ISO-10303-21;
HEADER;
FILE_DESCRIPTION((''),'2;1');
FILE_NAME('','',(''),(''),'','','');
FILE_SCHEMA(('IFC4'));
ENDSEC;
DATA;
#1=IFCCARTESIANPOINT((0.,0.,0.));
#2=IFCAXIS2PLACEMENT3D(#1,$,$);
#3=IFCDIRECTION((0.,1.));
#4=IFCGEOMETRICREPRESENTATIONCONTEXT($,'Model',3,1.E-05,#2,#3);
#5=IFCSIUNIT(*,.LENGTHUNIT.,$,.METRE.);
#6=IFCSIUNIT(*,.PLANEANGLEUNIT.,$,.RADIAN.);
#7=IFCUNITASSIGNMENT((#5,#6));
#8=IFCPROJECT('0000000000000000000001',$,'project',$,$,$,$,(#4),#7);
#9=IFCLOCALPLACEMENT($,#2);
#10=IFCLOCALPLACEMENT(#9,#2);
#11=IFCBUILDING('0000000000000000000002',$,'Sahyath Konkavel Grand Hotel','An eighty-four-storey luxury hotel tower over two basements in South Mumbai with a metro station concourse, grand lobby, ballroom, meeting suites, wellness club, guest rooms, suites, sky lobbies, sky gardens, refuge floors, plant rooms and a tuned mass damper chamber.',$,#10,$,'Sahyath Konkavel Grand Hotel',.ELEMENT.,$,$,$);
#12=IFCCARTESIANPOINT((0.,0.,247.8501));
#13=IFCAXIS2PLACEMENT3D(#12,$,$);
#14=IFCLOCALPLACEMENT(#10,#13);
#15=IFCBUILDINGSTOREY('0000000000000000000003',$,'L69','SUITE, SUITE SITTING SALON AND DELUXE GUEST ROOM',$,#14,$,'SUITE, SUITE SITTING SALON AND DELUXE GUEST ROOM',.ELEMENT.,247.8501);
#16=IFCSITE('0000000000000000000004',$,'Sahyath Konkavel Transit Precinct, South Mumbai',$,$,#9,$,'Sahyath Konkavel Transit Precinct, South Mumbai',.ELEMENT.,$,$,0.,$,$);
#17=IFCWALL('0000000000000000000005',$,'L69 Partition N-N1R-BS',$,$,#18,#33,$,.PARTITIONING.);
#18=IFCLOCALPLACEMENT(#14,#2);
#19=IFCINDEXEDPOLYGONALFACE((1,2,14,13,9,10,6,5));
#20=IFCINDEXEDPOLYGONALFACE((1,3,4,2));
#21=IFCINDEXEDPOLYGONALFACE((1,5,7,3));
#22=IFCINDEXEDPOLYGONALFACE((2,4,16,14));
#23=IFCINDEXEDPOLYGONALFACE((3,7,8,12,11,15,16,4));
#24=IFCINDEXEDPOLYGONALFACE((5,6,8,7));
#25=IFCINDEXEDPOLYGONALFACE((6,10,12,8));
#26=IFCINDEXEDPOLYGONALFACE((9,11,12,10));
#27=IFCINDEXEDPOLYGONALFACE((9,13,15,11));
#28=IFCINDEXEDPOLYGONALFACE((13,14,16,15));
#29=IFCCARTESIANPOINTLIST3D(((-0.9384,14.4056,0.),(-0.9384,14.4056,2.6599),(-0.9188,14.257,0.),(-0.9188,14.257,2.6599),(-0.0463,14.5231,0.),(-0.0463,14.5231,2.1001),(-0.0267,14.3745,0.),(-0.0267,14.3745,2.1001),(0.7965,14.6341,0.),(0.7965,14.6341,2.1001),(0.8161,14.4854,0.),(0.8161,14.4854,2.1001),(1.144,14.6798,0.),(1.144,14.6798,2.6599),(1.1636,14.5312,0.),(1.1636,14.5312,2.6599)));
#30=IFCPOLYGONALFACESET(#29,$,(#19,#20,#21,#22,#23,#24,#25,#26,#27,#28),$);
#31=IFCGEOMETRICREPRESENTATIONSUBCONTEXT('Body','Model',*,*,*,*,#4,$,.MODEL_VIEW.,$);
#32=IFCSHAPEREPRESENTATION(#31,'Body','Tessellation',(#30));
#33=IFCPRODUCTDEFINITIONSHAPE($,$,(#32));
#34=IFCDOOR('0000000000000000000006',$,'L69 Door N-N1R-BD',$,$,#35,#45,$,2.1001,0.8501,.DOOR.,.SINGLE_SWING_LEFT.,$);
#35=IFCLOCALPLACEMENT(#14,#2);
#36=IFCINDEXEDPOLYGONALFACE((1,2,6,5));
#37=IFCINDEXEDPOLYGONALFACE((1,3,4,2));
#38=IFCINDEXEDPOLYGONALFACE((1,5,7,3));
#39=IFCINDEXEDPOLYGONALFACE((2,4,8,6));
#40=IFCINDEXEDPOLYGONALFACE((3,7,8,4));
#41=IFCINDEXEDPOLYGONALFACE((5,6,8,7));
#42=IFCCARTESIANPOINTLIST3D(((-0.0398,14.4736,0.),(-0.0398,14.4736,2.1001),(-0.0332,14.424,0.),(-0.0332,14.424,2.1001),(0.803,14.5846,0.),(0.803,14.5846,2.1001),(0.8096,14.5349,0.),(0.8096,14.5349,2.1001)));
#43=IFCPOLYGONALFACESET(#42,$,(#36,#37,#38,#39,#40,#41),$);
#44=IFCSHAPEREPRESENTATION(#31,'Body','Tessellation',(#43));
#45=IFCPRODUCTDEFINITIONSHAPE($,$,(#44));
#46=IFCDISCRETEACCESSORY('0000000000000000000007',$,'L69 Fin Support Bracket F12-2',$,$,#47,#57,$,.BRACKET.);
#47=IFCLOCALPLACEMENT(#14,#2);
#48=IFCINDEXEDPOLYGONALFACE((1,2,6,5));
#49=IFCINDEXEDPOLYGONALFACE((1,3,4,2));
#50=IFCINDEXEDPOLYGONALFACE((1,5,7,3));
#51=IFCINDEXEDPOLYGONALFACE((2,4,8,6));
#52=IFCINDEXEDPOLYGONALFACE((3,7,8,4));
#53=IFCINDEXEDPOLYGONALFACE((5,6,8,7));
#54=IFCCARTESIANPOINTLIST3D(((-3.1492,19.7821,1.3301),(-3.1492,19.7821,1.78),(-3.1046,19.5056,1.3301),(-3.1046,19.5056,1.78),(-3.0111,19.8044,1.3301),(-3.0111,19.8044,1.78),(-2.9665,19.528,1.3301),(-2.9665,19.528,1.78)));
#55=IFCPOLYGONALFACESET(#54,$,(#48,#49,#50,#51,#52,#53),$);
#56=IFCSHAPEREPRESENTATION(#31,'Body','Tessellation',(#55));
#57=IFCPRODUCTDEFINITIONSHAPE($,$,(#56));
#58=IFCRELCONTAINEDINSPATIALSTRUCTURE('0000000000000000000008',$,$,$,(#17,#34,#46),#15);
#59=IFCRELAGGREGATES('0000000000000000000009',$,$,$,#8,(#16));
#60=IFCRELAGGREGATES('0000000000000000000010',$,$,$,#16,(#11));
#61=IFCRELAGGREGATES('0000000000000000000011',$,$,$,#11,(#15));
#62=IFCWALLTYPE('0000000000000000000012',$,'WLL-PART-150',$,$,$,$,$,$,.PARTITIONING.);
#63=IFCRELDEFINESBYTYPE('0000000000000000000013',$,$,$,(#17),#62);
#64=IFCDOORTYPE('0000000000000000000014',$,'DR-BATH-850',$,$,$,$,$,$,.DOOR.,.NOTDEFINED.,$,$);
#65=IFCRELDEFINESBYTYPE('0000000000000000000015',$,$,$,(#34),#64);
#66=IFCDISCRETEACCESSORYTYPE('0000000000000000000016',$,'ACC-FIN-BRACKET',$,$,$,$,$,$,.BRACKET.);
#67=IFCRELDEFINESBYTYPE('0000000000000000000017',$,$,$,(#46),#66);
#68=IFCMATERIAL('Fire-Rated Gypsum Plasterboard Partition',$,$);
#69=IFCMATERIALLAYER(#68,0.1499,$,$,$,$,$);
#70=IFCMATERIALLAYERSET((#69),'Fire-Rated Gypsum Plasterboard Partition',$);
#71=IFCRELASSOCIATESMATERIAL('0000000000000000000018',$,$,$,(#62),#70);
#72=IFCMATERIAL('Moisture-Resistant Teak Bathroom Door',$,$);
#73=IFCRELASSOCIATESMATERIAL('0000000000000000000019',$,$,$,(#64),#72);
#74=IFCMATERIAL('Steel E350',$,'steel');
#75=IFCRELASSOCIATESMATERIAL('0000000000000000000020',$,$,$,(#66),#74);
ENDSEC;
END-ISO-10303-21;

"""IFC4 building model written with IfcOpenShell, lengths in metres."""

from ifc_helpers import new_model, si_unit, direction, frame, frame_2d, origin, origin_2d, place, context, subcontext, project, spatial, rectangle, extrude, source, transform, mapped, material, layer, layer_set, type_object, element, fill, save


model = new_model("IFC4")

# Units and contexts
model_context = context("Model", 3, precision=1e-05, world=origin(), true_north=direction((0.0, 1.0)))
body_context = subcontext(model_context, "Body", "Model", "MODEL_VIEW")
ifc_project = project(units=[si_unit("LENGTHUNIT", "METRE"), si_unit("PLANEANGLEUNIT", "RADIAN")], contexts=[model_context])

# Site, building, storey
site_placement = place(None, origin())
site = spatial("IfcSite", under=ifc_project, at=site_placement, Name="Sahyath Konkavel Transit Precinct, South Mumbai", LongName="Sahyath Konkavel Transit Precinct, South Mumbai", CompositionType="ELEMENT", RefElevation=0.0)
building_placement = place(site_placement, origin())
building = spatial("IfcBuilding", under=site, at=building_placement, Name="Sahyath Konkavel Grand Hotel", Description="An eighty-four-storey luxury hotel tower over two basements in South Mumbai with a metro station concourse, grand lobby, ballroom, meeting suites, wellness club, guest rooms, suites, sky lobbies, sky gardens, refuge floors, plant rooms and a tuned mass damper chamber.", LongName="Sahyath Konkavel Grand Hotel", CompositionType="ELEMENT")
storey_placement = place(building_placement, frame((0.0, 0.0, 247.8501)))
storey = spatial("IfcBuildingStorey", under=building, at=storey_placement, Name="L69", Description="SUITE, SUITE SITTING SALON AND DELUXE GUEST ROOM", LongName="SUITE, SUITE SITTING SALON AND DELUXE GUEST ROOM", CompositionType="ELEMENT", Elevation=247.8501)

# Shared definitions
ifc_material_1 = material(Name="Steel E350", Category="steel")

# Shared definitions
ifc_material_2 = material(Name="Fire-Rated Gypsum Plasterboard Partition")
ifc_layer_1 = layer(ifc_material_2, 0.1499)
ifc_layer_set_1 = layer_set([ifc_layer_1], Name="Fire-Rated Gypsum Plasterboard Partition")
wall_type_1 = type_object("IfcWallType", Name="WLL-PART-150", PredefinedType="PARTITIONING", material=ifc_layer_set_1)
shared_shape_1 = source(origin(), body_context, "Body", "SweptSolid", [
    extrude(rectangle(XDim=0.8501, YDim=0.05, at=origin_2d()), origin(), (0.0, 0.0, 1.0), 2.1001),
])

# Shared definitions
ifc_material_3 = material(Name="Moisture-Resistant Teak Bathroom Door")
door_type_1 = type_object("IfcDoorType", Name="DR-BATH-850", OperationType="NOTDEFINED", PredefinedType="DOOR", material=ifc_material_3)

# Wall, opening, door
wall_1_placement = place(storey_placement, frame((-0.9287, 14.3313, 0.0), z_axis=(0.0, 0.0, 1.0), x_axis=(0.991443, 0.130542, 0.0)))
wall_1 = element("IfcWall", 1, at=wall_1_placement, inside=storey, type_object=wall_type_1, Name="L69 Partition N-N1R-BS", PredefinedType="PARTITIONING", context=body_context, shape_type="SweptSolid", body=[
    extrude(rectangle(XDim=2.1003, YDim=0.1499, at=frame_2d((1.0503, 0.0))), origin(), (0.0, 0.0, 1.0), 2.6599),
])
opening_1_placement = place(wall_1_placement, frame((0.8999, 0.0, 0.0)))
opening_1 = element("IfcOpeningElement", 2, at=opening_1_placement, cuts=wall_1, PredefinedType="OPENING", context=body_context, shape_type="SweptSolid", body=[
    extrude(rectangle(XDim=0.8501, YDim=2.1001, at=frame_2d((0.425, 1.05))), frame((0.0, 0.085, 0.0), z_axis=(0.0, -1.0, 0.0), x_axis=(1.0, 0.0, 0.0)), (0.0, 0.0, 1.0), 0.1699),
])
door_1_placement = place(opening_1_placement, frame((0.425, 0.0, 0.0)))
door_1 = element("IfcDoor", 3, at=door_1_placement, inside=storey, type_object=door_type_1, Name="L69 Door N-N1R-BD", OperationType="SINGLE_SWING_LEFT", OverallHeight=2.1001, OverallWidth=0.8501, PredefinedType="DOOR", context=body_context, shape_type="MappedRepresentation", body=[
    mapped(shared_shape_1, transform((0.0, 0.0, 0.0), scale=1.0)),
])
fill(opening_1, door_1)

# Discrete accessory
discrete_accessory_type = type_object("IfcDiscreteAccessoryType", Name="ACC-FIN-BRACKET", PredefinedType="BRACKET", material=ifc_material_1)
shared_shape_2 = source(origin(), body_context, "Body", "SweptSolid", [
    extrude(rectangle(XDim=0.28, YDim=0.1399, at=origin_2d()), origin(), (0.0, 0.0, 1.0), 0.45),
])
discrete_accessory_placement = place(storey_placement, frame((-3.0579, 19.655, 1.3301), z_axis=(0.0, 0.0, 1.0), x_axis=(-0.159537, 0.987192, 0.0)))
element("IfcDiscreteAccessory", 4, at=discrete_accessory_placement, inside=storey, type_object=discrete_accessory_type, Name="L69 Fin Support Bracket F12-2", PredefinedType="BRACKET", context=body_context, shape_type="MappedRepresentation", body=[
    mapped(shared_shape_2, transform((0.0, 0.0, 0.0), scale=1.0)),
])

save(model, "model.ifc")
